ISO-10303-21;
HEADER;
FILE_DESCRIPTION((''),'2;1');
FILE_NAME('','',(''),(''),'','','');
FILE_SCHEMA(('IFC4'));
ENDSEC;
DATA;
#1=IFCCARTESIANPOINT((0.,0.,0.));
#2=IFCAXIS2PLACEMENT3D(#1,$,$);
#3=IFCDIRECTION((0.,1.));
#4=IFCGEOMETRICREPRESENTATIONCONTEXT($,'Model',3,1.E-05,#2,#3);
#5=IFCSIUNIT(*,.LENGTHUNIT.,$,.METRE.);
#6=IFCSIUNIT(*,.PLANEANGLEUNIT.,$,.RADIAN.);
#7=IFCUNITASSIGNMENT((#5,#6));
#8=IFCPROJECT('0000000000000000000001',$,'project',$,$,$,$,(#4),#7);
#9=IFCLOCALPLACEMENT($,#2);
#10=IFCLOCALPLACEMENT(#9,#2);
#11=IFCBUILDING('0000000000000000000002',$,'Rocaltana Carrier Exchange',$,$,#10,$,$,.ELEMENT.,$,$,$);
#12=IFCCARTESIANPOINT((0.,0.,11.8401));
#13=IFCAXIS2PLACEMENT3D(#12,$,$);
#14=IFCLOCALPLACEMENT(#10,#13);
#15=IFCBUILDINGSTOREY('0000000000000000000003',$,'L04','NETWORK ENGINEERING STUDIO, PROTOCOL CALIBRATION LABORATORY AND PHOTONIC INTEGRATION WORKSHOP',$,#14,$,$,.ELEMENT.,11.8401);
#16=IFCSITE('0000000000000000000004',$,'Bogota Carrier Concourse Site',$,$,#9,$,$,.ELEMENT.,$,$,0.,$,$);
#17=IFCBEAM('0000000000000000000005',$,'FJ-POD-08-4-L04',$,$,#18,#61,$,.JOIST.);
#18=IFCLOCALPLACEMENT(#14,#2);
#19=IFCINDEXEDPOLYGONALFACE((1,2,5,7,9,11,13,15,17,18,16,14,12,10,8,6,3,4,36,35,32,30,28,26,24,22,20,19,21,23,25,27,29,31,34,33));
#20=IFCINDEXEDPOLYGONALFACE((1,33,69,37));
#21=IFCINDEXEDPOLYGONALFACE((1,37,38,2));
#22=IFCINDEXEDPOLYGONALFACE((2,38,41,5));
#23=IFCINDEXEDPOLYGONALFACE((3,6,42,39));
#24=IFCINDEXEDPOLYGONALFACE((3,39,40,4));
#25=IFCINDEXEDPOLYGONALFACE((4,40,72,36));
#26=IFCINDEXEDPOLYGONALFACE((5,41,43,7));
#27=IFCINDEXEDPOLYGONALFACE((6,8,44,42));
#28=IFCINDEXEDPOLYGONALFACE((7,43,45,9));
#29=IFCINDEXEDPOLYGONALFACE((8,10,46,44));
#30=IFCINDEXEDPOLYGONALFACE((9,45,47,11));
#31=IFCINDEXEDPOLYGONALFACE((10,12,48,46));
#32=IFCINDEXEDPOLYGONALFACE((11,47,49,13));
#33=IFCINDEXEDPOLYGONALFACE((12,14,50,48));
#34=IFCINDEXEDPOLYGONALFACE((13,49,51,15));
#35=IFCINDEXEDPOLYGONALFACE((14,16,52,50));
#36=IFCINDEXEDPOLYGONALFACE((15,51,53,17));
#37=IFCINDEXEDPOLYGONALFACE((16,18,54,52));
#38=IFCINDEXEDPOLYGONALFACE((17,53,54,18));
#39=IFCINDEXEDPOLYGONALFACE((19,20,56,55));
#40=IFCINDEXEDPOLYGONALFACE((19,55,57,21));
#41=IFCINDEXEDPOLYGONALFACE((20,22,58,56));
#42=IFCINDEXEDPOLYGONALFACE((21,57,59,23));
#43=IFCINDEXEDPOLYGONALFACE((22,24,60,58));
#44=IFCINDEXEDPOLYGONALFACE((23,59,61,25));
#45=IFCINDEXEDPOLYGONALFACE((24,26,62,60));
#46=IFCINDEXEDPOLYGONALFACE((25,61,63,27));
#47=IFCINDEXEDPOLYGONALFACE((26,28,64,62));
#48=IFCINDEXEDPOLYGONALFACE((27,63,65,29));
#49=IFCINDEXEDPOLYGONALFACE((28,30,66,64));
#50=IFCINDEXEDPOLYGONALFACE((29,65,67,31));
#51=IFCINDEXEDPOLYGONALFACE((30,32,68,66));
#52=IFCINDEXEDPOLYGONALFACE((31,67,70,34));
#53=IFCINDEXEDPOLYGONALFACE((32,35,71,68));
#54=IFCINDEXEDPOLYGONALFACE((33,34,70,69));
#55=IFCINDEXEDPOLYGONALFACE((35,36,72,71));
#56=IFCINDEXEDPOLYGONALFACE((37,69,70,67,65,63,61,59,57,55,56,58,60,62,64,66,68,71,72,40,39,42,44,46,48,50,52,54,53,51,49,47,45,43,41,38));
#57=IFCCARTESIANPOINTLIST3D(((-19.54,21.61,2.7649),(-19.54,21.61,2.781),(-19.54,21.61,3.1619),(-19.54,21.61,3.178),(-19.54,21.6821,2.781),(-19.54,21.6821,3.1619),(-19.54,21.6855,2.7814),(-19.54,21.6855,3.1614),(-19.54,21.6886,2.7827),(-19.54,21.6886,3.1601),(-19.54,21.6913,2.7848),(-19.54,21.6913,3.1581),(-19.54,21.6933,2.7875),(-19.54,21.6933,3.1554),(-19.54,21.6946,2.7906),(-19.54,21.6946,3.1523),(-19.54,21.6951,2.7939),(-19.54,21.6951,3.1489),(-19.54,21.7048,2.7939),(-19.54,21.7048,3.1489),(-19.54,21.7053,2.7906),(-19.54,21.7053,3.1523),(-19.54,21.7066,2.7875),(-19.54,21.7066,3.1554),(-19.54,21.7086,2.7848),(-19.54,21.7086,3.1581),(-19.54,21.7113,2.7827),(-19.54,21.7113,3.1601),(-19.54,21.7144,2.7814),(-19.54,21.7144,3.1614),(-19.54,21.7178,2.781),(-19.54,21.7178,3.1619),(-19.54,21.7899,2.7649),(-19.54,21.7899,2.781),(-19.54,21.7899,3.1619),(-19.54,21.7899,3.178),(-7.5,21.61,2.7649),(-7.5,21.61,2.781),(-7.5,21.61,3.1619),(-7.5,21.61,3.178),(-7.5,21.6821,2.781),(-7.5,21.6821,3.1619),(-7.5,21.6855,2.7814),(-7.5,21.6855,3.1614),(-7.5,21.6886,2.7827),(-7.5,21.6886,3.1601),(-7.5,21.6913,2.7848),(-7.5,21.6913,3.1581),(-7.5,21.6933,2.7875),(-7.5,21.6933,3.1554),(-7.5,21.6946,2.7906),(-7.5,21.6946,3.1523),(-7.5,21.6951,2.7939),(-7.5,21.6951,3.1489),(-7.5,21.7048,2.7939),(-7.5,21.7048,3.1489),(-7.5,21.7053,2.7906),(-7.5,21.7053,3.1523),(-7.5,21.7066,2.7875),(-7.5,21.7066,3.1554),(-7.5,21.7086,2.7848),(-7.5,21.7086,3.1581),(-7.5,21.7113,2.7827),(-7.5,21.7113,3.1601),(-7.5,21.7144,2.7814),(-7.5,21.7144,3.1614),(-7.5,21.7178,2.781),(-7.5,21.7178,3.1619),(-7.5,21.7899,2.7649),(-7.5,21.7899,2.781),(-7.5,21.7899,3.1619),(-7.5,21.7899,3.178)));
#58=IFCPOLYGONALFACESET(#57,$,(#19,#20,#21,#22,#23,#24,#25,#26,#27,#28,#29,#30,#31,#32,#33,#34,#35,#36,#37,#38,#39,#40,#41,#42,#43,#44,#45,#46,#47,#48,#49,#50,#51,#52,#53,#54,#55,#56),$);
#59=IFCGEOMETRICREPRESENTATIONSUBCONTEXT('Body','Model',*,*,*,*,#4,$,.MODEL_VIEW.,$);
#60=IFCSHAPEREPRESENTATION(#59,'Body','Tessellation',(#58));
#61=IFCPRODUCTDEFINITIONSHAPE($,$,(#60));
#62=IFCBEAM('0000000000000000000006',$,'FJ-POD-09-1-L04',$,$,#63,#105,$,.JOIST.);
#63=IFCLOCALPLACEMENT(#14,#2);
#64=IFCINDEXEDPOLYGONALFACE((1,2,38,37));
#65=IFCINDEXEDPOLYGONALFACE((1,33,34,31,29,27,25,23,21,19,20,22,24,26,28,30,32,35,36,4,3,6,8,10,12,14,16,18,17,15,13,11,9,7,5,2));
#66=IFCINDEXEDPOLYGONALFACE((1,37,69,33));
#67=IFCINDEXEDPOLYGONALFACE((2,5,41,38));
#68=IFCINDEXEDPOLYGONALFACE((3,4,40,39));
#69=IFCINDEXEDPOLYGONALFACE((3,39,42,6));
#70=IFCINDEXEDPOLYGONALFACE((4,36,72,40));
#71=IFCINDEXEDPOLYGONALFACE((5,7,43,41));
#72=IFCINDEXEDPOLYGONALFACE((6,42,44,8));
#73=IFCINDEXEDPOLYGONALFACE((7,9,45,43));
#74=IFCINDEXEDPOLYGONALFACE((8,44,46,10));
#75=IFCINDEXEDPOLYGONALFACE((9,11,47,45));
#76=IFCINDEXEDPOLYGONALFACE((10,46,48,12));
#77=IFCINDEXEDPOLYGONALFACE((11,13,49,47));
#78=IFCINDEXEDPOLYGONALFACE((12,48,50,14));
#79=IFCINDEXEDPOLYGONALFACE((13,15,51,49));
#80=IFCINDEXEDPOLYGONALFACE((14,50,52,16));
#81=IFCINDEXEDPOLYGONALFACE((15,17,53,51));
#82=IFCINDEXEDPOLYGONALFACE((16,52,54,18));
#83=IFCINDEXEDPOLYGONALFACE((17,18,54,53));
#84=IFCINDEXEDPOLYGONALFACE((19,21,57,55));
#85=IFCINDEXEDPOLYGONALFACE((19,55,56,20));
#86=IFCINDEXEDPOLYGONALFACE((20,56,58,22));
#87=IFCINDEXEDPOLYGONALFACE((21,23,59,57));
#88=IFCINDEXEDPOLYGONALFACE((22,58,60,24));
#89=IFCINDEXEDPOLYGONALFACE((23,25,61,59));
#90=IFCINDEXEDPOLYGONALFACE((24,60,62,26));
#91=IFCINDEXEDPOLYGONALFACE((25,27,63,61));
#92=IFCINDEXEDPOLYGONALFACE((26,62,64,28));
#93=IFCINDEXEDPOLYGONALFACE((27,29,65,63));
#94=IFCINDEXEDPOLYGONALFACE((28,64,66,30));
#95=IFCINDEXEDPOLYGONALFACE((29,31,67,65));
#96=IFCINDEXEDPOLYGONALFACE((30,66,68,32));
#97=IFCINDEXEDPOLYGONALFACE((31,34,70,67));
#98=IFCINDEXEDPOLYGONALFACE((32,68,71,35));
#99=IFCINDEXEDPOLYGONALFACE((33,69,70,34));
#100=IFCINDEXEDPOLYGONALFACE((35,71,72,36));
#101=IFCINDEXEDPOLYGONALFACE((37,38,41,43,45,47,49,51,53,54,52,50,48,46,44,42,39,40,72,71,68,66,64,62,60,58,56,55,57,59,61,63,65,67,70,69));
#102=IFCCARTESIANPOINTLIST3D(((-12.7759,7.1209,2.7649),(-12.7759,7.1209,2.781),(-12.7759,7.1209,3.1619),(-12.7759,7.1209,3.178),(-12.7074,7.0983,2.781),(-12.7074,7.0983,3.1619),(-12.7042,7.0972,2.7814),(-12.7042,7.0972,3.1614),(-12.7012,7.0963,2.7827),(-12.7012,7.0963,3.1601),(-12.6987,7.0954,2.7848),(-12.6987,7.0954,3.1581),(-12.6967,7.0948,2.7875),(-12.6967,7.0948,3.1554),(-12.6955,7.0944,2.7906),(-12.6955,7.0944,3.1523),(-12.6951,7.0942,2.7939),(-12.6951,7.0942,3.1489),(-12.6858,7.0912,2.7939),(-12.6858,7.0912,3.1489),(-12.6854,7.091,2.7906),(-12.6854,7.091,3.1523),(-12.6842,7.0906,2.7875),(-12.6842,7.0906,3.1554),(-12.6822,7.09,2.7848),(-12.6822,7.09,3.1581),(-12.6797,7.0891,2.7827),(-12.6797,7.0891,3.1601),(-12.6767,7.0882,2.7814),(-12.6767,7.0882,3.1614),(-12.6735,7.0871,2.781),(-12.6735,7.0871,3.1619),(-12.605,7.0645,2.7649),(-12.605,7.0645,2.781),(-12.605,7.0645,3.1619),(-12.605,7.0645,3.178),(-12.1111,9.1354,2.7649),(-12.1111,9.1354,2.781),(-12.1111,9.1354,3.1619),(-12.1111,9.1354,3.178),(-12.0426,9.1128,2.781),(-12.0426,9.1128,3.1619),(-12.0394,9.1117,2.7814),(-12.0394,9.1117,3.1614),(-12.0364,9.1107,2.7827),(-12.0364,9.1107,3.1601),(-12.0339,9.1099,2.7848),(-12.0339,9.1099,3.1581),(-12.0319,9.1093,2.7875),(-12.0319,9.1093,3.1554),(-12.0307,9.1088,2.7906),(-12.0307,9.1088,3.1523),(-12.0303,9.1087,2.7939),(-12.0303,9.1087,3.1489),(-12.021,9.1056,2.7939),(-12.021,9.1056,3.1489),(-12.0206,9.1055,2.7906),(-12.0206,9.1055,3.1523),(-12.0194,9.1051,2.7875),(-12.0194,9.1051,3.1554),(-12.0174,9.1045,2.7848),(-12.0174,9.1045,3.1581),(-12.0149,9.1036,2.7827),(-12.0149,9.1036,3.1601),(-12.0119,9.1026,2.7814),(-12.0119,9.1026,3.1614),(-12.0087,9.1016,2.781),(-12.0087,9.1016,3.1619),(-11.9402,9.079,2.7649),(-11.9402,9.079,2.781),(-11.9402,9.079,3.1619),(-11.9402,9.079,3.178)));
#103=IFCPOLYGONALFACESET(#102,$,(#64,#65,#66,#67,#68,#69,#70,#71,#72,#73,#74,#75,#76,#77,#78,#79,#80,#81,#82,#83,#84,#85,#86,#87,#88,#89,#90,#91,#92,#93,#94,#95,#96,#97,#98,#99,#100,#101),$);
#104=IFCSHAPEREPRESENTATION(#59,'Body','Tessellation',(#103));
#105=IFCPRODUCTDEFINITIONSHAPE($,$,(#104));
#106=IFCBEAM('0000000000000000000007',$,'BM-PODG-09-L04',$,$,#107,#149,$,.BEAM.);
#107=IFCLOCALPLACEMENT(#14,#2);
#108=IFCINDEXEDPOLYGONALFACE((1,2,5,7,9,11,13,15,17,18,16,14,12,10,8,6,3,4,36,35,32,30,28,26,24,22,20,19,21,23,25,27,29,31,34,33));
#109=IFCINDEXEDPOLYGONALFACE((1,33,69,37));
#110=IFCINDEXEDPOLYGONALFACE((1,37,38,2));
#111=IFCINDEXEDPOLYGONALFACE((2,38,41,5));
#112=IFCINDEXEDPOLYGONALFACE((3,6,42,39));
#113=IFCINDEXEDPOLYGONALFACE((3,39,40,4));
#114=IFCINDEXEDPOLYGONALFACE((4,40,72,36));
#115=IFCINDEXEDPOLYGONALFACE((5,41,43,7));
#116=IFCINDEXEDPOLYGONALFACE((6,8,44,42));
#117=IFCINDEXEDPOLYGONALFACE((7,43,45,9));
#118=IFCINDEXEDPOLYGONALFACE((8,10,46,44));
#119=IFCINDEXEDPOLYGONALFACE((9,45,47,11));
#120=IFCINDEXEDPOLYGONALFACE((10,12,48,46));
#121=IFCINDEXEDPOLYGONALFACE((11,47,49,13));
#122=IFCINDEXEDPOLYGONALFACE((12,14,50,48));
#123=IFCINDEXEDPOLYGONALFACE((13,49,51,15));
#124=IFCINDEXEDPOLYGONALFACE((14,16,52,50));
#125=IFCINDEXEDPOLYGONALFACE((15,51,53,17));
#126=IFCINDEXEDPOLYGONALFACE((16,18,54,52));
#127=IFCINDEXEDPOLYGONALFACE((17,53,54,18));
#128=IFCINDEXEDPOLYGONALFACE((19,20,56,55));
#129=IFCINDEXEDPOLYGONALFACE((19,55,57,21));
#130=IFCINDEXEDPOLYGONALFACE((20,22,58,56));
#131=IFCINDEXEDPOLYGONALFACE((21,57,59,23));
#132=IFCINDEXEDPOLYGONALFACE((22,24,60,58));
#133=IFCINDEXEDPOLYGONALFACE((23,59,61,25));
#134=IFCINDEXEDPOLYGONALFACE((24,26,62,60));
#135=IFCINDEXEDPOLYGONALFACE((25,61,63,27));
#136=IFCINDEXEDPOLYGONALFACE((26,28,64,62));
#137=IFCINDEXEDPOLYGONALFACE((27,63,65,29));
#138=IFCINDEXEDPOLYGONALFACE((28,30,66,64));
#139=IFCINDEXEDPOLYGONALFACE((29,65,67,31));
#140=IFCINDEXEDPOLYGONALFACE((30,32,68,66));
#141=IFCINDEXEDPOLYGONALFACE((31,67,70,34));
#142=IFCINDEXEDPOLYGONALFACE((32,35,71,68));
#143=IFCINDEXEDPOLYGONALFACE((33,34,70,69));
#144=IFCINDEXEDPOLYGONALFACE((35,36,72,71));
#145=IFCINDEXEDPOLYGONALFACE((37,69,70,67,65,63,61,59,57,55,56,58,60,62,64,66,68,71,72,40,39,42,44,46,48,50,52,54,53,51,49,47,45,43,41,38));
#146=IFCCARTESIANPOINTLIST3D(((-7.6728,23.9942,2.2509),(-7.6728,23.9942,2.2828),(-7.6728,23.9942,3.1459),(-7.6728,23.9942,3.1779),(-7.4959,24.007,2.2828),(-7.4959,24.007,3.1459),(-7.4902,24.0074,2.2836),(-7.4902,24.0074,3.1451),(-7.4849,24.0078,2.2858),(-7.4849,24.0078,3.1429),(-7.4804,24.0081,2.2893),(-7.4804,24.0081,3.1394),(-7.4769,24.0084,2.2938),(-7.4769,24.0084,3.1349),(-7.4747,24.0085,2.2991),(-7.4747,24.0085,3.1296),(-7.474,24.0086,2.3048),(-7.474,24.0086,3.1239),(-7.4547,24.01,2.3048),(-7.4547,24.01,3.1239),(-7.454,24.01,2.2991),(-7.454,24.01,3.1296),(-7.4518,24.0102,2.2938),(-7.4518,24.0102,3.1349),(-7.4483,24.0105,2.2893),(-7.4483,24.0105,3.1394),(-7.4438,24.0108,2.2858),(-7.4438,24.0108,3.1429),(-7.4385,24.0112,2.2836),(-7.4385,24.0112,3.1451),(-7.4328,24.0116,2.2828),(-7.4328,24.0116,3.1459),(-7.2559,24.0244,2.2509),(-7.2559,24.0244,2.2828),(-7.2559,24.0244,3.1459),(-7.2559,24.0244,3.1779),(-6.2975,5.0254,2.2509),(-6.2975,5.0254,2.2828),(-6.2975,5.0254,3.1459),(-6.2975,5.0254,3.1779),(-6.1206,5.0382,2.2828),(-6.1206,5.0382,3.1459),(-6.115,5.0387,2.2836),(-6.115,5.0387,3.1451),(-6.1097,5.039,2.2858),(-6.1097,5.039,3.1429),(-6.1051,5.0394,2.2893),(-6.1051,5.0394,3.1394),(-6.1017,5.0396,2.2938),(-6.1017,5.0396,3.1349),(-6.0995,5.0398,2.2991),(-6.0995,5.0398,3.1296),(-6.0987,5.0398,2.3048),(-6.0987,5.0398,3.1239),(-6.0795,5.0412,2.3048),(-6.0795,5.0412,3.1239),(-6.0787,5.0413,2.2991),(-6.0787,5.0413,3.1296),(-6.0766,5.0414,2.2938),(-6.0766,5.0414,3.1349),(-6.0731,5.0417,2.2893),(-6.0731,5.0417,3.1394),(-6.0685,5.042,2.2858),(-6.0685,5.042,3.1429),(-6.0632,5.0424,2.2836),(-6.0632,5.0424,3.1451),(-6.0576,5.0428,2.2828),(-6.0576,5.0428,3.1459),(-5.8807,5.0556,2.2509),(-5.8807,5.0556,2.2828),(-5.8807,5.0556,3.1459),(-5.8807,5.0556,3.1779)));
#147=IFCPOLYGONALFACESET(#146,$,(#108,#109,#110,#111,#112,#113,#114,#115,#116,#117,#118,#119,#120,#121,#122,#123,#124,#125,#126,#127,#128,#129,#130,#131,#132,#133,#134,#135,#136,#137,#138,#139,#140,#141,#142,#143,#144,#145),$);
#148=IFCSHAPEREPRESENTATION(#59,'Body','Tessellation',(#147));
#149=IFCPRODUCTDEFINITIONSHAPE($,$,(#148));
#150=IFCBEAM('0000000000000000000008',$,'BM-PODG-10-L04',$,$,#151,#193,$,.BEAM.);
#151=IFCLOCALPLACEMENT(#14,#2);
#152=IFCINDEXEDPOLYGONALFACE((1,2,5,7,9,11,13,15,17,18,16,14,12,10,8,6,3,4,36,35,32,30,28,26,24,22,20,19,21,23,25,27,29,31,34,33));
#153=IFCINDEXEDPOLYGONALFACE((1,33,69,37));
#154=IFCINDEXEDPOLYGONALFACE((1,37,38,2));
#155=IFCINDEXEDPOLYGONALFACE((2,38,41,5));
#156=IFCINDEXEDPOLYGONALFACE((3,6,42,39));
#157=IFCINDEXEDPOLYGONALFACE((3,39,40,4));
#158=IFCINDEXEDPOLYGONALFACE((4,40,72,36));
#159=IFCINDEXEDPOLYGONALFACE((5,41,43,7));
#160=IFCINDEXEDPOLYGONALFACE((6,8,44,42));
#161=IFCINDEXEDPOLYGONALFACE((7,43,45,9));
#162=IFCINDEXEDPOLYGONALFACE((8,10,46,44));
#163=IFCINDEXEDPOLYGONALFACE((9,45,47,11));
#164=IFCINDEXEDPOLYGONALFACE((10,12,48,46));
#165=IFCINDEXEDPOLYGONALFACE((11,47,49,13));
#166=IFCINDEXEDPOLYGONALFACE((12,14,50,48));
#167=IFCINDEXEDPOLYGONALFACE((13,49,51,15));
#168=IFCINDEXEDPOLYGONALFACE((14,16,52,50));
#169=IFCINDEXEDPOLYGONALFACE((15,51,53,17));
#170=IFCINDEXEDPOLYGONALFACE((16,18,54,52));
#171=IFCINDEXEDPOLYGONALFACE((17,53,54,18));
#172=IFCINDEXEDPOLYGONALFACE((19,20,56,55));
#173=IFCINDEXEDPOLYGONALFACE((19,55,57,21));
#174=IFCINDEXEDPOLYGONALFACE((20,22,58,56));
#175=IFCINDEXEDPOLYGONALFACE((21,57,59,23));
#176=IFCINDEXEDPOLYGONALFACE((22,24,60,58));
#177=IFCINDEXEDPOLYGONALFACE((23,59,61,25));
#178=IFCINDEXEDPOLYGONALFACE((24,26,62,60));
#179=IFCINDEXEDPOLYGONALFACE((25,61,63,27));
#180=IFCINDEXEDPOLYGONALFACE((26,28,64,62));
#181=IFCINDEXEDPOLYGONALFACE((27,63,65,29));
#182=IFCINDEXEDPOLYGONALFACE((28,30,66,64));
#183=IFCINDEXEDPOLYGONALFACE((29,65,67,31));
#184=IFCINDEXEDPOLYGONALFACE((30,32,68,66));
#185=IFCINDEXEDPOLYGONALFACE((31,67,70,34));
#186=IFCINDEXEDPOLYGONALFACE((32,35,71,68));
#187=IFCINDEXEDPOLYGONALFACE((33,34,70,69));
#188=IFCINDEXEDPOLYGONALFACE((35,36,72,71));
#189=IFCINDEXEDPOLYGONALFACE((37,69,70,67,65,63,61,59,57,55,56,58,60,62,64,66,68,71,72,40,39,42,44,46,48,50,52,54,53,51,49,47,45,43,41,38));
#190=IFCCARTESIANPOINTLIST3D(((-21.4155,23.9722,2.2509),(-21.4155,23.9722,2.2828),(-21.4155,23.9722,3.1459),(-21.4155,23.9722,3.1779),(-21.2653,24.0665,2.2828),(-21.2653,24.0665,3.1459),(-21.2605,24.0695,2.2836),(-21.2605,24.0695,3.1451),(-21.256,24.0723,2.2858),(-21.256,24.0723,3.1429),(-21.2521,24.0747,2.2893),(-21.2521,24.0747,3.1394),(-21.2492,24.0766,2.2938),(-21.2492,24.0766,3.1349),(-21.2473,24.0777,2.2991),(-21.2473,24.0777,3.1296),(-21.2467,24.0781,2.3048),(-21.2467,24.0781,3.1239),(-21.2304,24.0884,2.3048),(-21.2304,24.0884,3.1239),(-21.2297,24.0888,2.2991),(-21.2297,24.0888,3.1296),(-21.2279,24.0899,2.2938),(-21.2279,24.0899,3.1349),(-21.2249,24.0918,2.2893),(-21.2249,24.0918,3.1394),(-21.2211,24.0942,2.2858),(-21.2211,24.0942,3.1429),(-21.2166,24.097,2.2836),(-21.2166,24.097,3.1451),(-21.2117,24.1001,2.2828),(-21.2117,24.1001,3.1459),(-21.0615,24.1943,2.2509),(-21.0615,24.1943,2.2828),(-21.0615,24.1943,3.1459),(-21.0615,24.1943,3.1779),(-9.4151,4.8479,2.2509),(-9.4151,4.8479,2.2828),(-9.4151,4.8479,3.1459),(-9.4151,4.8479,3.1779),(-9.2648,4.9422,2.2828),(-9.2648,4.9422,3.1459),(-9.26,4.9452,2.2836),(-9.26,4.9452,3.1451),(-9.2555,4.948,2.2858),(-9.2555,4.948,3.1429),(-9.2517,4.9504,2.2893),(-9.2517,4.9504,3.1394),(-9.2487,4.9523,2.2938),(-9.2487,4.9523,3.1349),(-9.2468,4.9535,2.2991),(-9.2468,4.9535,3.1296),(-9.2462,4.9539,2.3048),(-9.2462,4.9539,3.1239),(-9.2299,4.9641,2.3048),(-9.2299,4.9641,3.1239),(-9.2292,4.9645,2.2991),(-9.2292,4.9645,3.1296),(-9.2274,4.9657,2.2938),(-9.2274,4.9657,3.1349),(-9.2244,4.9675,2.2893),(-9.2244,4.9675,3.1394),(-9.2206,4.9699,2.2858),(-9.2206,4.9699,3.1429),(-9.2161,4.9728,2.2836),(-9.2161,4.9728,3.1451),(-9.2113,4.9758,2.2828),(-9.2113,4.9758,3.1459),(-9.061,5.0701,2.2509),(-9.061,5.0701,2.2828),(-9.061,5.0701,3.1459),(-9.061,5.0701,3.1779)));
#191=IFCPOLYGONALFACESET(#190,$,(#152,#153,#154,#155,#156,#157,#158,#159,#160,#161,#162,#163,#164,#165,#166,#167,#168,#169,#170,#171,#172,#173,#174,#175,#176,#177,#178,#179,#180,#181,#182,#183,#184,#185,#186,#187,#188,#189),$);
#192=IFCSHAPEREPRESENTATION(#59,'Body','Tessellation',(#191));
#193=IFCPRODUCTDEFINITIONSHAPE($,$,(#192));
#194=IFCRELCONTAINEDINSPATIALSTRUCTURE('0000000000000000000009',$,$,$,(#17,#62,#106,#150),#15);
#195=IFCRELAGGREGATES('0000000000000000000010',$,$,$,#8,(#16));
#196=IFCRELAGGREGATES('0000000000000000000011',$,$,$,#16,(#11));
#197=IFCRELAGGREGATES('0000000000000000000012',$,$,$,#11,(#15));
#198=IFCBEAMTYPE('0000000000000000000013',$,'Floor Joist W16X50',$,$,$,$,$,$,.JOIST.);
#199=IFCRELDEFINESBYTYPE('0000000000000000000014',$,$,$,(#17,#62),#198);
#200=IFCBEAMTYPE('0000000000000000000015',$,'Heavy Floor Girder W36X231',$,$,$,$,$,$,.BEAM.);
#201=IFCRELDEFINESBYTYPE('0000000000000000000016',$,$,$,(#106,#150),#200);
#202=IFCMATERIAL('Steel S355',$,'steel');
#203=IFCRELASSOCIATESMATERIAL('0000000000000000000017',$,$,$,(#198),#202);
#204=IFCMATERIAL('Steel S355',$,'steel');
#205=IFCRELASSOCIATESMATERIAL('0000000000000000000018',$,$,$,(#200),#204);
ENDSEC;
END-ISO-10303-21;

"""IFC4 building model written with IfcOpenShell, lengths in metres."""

from ifc_helpers import new_model, si_unit, direction, frame, origin, origin_2d, place, context, subcontext, project, spatial, i_section, extrude, material, material_profile, profile_set, type_object, element, save


model = new_model("IFC4")

# Units and contexts
model_context = context("Model", 3, precision=1e-05, world=origin(), true_north=direction((0.0, 1.0)))
body_context = subcontext(model_context, "Body", "Model", "MODEL_VIEW")
ifc_project = project(units=[si_unit("LENGTHUNIT", "METRE"), si_unit("PLANEANGLEUNIT", "RADIAN")], contexts=[model_context])

# Site, building, storey
site_placement = place(None, origin())
site = spatial("IfcSite", under=ifc_project, at=site_placement, Name="Bogota Carrier Concourse Site", CompositionType="ELEMENT", RefElevation=0.0)
building_placement = place(site_placement, origin())
building = spatial("IfcBuilding", under=site, at=building_placement, Name="Rocaltana Carrier Exchange", CompositionType="ELEMENT")
storey_placement = place(building_placement, frame((0.0, 0.0, 11.8401)))
storey = spatial("IfcBuildingStorey", under=building, at=storey_placement, Name="L04", Description="NETWORK ENGINEERING STUDIO, PROTOCOL CALIBRATION LABORATORY AND PHOTONIC INTEGRATION WORKSHOP", CompositionType="ELEMENT", Elevation=11.8401)

# Beams
ifc_material_1 = material(Name="Steel S355", Category="steel")
ifc_material_profile_1 = material_profile(ifc_material_1, i_section(OverallWidth=0.1799, OverallDepth=0.4131, WebThickness=0.0098, FlangeThickness=0.0161, FilletRadius=0.0129, at=origin_2d()), Name="W16X50")
ifc_profile_set_1 = profile_set([ifc_material_profile_1], Name="Steel S355")
beam_type_1 = type_object("IfcBeamType", Name="Floor Joist W16X50", PredefinedType="JOIST", material=ifc_profile_set_1)
beam_1_placement = place(storey_placement, frame((-7.5, 21.7, 2.9714), z_axis=(-1.0, 0.0, 0.0), x_axis=(0.0, -1.0, 0.0)))
element("IfcBeam", 1, at=beam_1_placement, inside=storey, type_object=beam_type_1, Name="FJ-POD-08-4-L04", PredefinedType="JOIST", context=body_context, shape_type="SweptSolid", body=[
    extrude(i_section(OverallWidth=0.1799, OverallDepth=0.4131, WebThickness=0.0098, FlangeThickness=0.0161, FilletRadius=0.0129, at=origin_2d()), origin(), (0.0, 0.0, 1.0), 12.04),
])
beam_2_placement = place(storey_placement, frame((-12.0256, 9.1072, 2.9714), z_axis=(-0.313395, -0.949623, 0.0), x_axis=(0.949623, -0.313395, 0.0)))
element("IfcBeam", 2, at=beam_2_placement, inside=storey, type_object=beam_type_1, Name="FJ-POD-09-1-L04", PredefinedType="JOIST", context=body_context, shape_type="SweptSolid", body=[
    extrude(i_section(OverallWidth=0.1799, OverallDepth=0.4131, WebThickness=0.0098, FlangeThickness=0.0161, FilletRadius=0.0129, at=origin_2d()), origin(), (0.0, 0.0, 1.0), 2.1213),
])
ifc_material_2 = material(Name="Steel S355", Category="steel")
ifc_material_profile_2 = material_profile(ifc_material_2, i_section(OverallWidth=0.418, OverallDepth=0.927, WebThickness=0.0193, FlangeThickness=0.032, FilletRadius=0.022, at=origin_2d()), Name="W36X231")
ifc_profile_set_2 = profile_set([ifc_material_profile_2], Name="Steel S355")
beam_type_2 = type_object("IfcBeamType", Name="Heavy Floor Girder W36X231", PredefinedType="BEAM", material=ifc_profile_set_2)
beam_3_placement = place(storey_placement, frame((-6.0891, 5.0405, 2.7144), z_axis=(-0.072311, 0.997382, 0.0), x_axis=(-0.997382, -0.072311, 0.0)))
element("IfcBeam", 3, at=beam_3_placement, inside=storey, type_object=beam_type_2, Name="BM-PODG-09-L04", PredefinedType="BEAM", context=body_context, shape_type="SweptSolid", body=[
    extrude(i_section(OverallWidth=0.418, OverallDepth=0.927, WebThickness=0.0193, FlangeThickness=0.032, FilletRadius=0.022, at=origin_2d()), origin(), (0.0, 0.0, 1.0), 19.0186),
])
beam_4_placement = place(storey_placement, frame((-9.238, 4.959, 2.7144), z_axis=(-0.531521, 0.847045, 0.0), x_axis=(-0.847045, -0.531521, 0.0)))
element("IfcBeam", 4, at=beam_4_placement, inside=storey, type_object=beam_type_2, Name="BM-PODG-10-L04", PredefinedType="BEAM", context=body_context, shape_type="SweptSolid", body=[
    extrude(i_section(OverallWidth=0.418, OverallDepth=0.927, WebThickness=0.0193, FlangeThickness=0.032, FilletRadius=0.022, at=origin_2d()), origin(), (0.0, 0.0, 1.0), 22.5776),
])

save(model, "model.ifc")
